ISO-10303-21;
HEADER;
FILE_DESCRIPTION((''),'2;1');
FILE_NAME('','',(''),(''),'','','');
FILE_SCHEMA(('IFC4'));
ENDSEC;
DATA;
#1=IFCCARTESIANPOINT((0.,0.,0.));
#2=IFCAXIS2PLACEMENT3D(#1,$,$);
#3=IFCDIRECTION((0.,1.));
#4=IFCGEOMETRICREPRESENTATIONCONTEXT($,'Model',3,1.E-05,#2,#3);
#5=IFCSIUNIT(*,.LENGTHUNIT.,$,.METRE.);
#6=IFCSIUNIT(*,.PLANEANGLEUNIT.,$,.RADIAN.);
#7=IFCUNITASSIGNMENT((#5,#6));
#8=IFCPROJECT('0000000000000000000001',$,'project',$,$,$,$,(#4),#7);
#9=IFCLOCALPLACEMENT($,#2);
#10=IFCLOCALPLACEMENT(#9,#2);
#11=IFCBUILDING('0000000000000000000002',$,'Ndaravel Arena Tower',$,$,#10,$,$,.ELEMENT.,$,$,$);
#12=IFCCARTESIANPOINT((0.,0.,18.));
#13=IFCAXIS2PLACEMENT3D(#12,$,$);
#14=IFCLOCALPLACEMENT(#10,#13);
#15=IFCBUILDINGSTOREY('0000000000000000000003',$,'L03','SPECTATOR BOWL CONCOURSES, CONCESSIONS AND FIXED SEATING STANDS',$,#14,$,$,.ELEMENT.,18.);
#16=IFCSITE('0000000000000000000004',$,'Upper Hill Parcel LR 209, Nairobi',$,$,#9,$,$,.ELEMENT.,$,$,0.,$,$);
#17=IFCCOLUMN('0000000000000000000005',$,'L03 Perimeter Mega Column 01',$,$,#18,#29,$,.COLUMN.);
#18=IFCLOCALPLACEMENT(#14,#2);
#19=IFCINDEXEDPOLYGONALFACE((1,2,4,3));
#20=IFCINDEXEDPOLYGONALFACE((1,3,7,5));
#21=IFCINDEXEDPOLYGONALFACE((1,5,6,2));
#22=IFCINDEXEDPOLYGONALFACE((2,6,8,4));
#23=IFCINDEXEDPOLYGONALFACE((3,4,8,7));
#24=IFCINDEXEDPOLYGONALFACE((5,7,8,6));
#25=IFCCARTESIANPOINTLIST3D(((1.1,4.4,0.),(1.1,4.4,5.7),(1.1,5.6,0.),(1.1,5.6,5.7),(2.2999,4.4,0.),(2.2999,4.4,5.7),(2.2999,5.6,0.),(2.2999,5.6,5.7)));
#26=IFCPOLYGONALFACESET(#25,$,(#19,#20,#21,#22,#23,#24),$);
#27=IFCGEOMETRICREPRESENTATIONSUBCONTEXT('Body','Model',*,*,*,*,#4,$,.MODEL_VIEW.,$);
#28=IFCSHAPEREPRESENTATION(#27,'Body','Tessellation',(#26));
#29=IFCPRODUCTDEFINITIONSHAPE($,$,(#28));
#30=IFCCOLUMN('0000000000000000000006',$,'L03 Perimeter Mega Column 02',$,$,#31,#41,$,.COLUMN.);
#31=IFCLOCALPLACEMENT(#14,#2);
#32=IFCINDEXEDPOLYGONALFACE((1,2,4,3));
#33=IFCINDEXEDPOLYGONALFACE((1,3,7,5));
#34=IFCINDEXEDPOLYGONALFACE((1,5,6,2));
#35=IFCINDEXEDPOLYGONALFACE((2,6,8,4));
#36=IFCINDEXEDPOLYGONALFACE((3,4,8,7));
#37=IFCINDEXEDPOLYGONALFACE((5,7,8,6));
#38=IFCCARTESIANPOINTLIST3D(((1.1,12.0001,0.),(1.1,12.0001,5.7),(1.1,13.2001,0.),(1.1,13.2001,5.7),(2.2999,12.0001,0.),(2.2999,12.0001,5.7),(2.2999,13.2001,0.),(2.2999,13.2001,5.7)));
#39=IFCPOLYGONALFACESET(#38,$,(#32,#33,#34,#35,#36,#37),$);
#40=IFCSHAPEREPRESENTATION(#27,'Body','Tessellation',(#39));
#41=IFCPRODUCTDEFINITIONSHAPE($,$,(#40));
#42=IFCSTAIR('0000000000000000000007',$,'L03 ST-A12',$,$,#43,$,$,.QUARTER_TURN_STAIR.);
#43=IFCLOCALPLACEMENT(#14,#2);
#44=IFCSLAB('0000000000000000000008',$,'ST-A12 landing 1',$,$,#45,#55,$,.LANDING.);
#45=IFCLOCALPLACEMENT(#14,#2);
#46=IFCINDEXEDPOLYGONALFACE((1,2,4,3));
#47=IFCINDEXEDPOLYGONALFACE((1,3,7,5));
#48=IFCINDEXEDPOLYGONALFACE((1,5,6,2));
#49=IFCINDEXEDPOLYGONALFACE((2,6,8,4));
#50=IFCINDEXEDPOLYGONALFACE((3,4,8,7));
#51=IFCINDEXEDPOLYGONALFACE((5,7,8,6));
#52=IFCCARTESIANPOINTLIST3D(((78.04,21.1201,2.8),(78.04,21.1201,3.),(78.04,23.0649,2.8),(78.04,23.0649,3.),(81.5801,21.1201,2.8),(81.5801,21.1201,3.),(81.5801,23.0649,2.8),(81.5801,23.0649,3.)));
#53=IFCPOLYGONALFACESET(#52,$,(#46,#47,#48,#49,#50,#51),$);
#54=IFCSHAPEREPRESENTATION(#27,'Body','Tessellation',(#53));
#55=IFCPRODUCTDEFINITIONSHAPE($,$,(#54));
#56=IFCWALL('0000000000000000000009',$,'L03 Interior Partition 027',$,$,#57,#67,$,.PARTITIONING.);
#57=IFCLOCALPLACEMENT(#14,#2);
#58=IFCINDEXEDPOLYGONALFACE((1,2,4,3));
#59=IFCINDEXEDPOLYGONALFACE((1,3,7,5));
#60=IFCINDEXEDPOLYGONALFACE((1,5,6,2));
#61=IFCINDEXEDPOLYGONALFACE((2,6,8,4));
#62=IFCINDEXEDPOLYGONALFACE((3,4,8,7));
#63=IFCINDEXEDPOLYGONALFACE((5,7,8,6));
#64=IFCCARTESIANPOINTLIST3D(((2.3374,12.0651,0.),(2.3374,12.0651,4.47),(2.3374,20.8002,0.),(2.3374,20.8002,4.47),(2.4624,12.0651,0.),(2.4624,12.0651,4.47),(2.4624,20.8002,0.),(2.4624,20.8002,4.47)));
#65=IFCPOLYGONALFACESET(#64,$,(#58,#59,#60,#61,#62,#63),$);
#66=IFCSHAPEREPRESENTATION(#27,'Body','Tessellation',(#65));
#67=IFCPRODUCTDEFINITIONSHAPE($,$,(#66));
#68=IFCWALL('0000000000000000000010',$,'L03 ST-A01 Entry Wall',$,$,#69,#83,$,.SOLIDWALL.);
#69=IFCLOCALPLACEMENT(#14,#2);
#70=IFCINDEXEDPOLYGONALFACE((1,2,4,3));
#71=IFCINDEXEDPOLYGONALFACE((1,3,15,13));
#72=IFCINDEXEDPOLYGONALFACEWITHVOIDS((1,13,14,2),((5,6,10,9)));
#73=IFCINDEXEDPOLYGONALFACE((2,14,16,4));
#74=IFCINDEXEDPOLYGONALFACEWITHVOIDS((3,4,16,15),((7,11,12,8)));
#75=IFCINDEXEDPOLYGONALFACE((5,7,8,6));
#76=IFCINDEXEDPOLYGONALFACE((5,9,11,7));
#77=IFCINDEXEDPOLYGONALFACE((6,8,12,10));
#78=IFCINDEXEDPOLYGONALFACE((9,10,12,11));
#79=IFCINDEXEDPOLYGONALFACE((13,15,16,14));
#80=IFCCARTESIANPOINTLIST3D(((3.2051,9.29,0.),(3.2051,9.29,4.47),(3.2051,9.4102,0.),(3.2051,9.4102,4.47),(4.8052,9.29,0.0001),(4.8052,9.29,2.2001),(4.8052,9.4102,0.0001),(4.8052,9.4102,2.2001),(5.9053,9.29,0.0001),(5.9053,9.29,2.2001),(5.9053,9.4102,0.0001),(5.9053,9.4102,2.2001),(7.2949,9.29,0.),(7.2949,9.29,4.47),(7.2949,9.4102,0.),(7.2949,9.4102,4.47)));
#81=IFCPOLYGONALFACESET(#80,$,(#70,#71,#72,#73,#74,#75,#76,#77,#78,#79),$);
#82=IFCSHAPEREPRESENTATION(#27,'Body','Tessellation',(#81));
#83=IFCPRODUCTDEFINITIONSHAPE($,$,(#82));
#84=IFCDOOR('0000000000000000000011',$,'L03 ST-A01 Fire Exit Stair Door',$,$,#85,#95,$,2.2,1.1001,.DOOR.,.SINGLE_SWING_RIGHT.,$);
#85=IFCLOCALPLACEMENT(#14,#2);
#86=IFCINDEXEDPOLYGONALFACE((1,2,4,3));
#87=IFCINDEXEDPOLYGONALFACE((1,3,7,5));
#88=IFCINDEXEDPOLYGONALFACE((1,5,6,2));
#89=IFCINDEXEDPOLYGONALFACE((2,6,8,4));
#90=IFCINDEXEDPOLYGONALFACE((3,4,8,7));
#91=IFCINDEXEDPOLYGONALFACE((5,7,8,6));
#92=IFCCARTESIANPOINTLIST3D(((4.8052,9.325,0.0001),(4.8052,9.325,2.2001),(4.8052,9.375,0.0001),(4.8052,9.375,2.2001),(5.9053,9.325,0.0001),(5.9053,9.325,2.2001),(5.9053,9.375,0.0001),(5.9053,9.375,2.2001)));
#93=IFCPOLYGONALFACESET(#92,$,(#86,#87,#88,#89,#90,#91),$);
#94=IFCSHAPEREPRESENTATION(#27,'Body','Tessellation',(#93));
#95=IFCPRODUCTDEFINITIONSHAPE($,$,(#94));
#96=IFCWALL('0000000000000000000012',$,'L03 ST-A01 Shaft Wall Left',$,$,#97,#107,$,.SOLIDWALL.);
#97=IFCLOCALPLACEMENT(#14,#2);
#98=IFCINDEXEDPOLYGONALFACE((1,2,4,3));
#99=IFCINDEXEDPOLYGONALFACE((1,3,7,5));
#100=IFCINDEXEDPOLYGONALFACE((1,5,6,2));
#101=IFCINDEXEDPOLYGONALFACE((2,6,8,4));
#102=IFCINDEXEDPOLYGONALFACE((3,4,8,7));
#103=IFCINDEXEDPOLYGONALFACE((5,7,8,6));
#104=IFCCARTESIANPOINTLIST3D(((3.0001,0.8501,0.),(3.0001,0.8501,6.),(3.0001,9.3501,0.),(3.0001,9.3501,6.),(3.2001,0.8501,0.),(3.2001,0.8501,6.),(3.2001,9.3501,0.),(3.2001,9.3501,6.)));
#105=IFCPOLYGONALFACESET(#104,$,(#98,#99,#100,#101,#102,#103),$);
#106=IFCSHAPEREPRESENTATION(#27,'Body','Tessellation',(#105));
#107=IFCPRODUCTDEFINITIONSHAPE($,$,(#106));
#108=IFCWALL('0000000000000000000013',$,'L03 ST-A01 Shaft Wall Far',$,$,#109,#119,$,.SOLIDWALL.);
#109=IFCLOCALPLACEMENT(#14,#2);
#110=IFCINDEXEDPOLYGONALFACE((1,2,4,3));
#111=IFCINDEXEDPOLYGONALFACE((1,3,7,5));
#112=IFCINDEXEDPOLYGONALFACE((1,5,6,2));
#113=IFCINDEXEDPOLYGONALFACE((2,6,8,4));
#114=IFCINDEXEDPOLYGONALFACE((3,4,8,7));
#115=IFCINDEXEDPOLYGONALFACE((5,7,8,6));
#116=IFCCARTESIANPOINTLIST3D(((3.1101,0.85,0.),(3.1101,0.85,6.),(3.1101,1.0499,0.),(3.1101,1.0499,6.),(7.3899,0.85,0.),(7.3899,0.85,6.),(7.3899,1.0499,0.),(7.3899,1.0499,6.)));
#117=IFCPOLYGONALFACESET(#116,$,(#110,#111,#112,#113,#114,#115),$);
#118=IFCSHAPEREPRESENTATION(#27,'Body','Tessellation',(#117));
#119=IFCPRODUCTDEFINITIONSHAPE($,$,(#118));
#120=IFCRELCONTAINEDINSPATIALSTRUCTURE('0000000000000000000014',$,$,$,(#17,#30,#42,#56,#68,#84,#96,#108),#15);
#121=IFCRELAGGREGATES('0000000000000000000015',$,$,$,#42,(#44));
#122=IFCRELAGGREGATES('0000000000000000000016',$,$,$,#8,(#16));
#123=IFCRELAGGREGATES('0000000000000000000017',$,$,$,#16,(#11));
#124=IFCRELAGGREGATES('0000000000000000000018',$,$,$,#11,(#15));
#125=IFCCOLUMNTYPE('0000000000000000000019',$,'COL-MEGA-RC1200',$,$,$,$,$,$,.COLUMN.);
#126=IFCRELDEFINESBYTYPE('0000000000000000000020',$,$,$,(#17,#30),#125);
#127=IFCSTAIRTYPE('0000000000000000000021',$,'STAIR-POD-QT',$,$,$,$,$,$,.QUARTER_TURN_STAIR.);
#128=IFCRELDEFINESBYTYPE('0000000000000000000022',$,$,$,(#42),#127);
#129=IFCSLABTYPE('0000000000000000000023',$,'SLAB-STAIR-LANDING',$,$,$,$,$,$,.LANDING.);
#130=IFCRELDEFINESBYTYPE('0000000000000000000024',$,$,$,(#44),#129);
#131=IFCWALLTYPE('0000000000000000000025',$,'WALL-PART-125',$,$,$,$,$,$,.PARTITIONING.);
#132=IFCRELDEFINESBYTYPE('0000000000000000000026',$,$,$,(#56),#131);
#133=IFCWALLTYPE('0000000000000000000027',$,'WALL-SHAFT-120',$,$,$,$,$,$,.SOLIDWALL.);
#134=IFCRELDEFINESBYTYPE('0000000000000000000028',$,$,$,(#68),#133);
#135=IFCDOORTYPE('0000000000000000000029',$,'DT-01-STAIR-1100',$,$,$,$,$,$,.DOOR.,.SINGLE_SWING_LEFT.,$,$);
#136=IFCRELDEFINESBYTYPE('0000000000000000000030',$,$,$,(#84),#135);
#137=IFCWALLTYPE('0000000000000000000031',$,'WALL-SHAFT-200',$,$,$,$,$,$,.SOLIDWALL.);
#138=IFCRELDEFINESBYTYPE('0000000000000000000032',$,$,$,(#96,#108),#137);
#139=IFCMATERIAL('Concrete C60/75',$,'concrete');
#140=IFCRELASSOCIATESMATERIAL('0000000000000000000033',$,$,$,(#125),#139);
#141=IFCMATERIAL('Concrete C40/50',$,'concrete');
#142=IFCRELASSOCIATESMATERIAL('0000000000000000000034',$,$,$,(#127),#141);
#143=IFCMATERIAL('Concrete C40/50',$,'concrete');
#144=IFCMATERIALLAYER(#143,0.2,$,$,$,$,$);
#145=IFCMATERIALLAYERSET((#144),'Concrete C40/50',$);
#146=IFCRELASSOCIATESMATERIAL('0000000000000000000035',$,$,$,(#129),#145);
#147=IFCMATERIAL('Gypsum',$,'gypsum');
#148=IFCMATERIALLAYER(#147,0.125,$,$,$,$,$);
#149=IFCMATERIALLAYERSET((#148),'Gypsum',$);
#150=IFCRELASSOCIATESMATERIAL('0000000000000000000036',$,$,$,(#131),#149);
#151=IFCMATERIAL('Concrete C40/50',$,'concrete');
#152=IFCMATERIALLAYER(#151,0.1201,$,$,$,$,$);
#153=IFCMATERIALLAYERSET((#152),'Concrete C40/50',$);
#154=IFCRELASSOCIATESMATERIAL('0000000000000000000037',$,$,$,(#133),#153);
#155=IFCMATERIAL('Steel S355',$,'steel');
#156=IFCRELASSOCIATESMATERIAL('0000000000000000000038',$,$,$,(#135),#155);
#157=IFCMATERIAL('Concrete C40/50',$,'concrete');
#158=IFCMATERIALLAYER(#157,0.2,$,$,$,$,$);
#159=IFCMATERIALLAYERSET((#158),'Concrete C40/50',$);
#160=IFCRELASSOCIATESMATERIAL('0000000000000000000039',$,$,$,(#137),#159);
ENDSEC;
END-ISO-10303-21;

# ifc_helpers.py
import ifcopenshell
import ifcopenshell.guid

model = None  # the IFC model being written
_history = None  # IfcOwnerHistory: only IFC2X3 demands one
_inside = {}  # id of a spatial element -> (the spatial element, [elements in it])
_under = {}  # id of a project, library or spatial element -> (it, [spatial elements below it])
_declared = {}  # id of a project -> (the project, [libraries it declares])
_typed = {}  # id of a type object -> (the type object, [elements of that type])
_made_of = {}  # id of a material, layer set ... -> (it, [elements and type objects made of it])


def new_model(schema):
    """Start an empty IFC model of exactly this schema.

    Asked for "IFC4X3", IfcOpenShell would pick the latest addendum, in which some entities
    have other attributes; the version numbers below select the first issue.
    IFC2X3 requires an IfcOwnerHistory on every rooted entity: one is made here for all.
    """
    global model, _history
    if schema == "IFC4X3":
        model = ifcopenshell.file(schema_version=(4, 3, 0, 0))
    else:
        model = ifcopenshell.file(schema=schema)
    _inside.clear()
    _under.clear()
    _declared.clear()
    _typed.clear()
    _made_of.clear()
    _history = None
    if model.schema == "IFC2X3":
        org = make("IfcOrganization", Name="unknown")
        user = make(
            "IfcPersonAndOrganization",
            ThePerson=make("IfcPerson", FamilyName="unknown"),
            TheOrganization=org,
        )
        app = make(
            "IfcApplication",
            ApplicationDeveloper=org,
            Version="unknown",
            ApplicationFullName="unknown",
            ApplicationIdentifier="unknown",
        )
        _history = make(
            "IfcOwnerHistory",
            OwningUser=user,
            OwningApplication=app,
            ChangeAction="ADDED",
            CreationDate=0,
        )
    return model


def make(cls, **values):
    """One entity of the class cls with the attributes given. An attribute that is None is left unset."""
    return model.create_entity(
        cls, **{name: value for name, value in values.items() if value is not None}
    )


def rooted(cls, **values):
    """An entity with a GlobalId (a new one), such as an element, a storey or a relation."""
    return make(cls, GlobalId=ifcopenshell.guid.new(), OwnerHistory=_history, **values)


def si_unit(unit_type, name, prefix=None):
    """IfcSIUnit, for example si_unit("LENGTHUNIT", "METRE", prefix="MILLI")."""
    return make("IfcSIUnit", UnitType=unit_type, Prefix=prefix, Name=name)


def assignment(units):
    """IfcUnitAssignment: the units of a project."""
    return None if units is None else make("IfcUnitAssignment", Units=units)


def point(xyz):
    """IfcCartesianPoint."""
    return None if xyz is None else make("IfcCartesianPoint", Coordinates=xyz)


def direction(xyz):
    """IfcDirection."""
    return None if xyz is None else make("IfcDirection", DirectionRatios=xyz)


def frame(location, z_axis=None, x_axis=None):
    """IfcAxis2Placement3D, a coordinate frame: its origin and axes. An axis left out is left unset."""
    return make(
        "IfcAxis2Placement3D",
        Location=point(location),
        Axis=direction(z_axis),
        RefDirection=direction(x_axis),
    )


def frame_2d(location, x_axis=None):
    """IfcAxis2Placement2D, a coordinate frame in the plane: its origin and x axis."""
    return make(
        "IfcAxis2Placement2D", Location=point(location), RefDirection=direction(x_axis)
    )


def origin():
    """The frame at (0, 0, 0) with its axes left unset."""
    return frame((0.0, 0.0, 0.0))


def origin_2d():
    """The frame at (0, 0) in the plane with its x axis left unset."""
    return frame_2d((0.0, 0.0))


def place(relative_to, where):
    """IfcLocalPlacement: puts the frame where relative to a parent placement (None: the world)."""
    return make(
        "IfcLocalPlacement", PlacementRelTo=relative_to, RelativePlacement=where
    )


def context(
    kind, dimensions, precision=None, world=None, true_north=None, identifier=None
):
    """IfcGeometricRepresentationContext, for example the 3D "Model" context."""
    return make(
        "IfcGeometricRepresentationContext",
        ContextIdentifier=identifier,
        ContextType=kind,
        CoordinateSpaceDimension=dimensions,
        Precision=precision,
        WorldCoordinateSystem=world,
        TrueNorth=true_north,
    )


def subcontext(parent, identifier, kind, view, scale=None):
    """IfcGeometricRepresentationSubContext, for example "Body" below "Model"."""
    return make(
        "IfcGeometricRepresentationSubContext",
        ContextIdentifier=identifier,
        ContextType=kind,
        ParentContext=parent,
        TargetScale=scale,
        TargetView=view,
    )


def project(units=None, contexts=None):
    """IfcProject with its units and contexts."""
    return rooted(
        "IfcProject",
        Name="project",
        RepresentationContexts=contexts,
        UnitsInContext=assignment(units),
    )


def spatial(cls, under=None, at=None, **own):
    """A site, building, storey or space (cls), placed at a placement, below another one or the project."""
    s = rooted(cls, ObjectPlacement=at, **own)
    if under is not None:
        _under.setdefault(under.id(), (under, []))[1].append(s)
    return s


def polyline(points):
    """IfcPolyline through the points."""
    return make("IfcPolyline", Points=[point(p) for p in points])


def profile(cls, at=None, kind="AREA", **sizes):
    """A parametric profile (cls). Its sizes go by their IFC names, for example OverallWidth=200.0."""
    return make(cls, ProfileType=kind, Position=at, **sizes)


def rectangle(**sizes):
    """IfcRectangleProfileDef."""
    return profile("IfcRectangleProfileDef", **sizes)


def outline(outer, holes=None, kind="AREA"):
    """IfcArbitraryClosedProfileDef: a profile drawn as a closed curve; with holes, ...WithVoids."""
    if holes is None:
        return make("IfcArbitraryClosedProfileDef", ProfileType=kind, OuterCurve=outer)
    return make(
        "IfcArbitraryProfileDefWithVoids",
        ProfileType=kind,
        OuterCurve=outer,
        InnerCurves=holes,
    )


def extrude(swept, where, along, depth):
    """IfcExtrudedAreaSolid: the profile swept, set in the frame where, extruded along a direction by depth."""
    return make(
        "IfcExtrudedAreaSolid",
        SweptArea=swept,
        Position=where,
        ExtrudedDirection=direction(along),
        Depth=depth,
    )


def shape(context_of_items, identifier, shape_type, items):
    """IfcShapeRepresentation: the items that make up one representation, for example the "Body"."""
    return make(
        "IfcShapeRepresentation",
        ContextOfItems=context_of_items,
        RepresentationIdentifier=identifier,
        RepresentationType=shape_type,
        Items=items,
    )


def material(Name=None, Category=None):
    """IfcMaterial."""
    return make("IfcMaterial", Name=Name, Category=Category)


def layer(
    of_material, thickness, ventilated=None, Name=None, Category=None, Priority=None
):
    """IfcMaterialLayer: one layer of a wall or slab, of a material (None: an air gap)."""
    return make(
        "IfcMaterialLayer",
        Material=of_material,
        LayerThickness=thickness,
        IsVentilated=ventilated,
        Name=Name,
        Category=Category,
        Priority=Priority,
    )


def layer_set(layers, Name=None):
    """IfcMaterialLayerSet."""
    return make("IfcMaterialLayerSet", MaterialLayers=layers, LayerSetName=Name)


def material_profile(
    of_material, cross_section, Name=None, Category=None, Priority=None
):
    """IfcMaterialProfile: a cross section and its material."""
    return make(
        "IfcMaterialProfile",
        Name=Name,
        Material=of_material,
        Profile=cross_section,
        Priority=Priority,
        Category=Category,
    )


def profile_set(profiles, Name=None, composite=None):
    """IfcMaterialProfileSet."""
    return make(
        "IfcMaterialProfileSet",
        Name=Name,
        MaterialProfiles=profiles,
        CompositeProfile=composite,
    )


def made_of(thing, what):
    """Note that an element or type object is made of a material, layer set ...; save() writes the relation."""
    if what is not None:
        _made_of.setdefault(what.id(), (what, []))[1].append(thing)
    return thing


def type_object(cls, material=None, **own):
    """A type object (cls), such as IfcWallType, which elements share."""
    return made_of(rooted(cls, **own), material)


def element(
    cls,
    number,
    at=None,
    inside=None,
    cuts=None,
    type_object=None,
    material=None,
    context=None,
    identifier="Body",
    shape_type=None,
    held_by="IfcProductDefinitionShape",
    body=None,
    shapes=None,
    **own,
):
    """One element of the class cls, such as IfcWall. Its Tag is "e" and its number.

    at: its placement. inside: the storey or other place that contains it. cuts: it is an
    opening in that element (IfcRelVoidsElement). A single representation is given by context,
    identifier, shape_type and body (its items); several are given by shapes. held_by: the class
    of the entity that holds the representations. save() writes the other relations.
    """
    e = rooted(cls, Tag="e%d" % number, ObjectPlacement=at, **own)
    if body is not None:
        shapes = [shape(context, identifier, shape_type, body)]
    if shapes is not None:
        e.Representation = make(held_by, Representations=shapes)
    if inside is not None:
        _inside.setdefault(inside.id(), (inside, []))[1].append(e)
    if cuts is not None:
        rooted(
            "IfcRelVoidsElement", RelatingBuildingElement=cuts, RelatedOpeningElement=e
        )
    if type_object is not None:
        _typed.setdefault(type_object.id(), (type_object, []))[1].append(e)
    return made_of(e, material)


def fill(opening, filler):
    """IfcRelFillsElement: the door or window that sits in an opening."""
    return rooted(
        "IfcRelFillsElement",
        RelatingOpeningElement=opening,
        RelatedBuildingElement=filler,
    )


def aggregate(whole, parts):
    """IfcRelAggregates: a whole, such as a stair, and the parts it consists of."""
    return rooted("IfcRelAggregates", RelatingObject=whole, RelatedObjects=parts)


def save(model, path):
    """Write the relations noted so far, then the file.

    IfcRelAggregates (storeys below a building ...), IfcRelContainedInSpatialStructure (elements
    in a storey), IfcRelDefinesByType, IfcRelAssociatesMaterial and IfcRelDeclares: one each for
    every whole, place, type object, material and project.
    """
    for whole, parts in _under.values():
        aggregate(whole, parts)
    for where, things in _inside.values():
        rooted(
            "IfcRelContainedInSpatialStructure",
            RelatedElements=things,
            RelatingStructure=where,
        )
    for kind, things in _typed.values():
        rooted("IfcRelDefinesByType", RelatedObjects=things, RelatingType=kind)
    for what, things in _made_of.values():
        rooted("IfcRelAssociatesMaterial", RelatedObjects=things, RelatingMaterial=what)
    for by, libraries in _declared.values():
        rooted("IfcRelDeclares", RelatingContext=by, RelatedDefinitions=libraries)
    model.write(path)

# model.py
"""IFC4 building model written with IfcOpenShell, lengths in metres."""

from ifc_helpers import new_model, si_unit, direction, frame, frame_2d, origin, origin_2d, place, context, subcontext, project, spatial, polyline, rectangle, outline, extrude, material, layer, layer_set, material_profile, profile_set, type_object, element, fill, aggregate, save


model = new_model("IFC4")

# Units and contexts
model_context = context("Model", 3, precision=1e-05, world=origin(), true_north=direction((0.0, 1.0)))
body_context = subcontext(model_context, "Body", "Model", "MODEL_VIEW")
ifc_project = project(units=[si_unit("LENGTHUNIT", "METRE"), si_unit("PLANEANGLEUNIT", "RADIAN")], contexts=[model_context])

# Site, building, storey
site_placement = place(None, origin())
site = spatial("IfcSite", under=ifc_project, at=site_placement, Name="Upper Hill Parcel LR 209, Nairobi", CompositionType="ELEMENT", RefElevation=0.0)
building_placement = place(site_placement, origin())
building = spatial("IfcBuilding", under=site, at=building_placement, Name="Ndaravel Arena Tower", CompositionType="ELEMENT")
storey_placement = place(building_placement, frame((0.0, 0.0, 18.0)))
storey = spatial("IfcBuildingStorey", under=building, at=storey_placement, Name="L03", Description="SPECTATOR BOWL CONCOURSES, CONCESSIONS AND FIXED SEATING STANDS", CompositionType="ELEMENT", Elevation=18.0)

# Columns
ifc_material_1 = material(Name="Concrete C60/75", Category="concrete")
ifc_material_profile = material_profile(ifc_material_1, rectangle(XDim=1.2, YDim=1.2, at=origin_2d()), Name="RC 1200x1200")
ifc_profile_set = profile_set([ifc_material_profile], Name="Concrete C60/75")
column_type = type_object("IfcColumnType", Name="COL-MEGA-RC1200", PredefinedType="COLUMN", material=ifc_profile_set)
for number, where, z_axis, x_axis, name in (
    (1, (1.7, 5.0, 0.0), (0.0, 0.0, 1.0), (1.0, 0.0, 0.0), "L03 Perimeter Mega Column 01"),
    (2, (1.7, 12.6001, 0.0), (0.0, 0.0, 1.0), (1.0, 0.0, 0.0), "L03 Perimeter Mega Column 02"),
):
    element("IfcColumn", number, at=place(storey_placement, frame(where, z_axis=z_axis, x_axis=x_axis)), inside=storey, type_object=column_type, Name=name, PredefinedType="COLUMN", context=body_context, shape_type="SweptSolid", body=[
        extrude(rectangle(XDim=1.2, YDim=1.2, at=origin_2d()), origin(), (0.0, 0.0, 1.0), 5.7),
    ])

# Stair, slab
ifc_material_2 = material(Name="Concrete C40/50", Category="concrete")
stair_type = type_object("IfcStairType", Name="STAIR-POD-QT", PredefinedType="QUARTER_TURN_STAIR", material=ifc_material_2)
stair_placement = place(storey_placement, origin())
stair = element("IfcStair", 3, at=stair_placement, inside=storey, type_object=stair_type, Name="L03 ST-A12", PredefinedType="QUARTER_TURN_STAIR")
ifc_material_3 = material(Name="Concrete C40/50", Category="concrete")
ifc_layer_1 = layer(ifc_material_3, 0.2)
ifc_layer_set_1 = layer_set([ifc_layer_1], Name="Concrete C40/50")
slab_type = type_object("IfcSlabType", Name="SLAB-STAIR-LANDING", PredefinedType="LANDING", material=ifc_layer_set_1)
slab_placement = place(storey_placement, frame((0.0, 0.0, 2.8)))
slab = element("IfcSlab", 4, at=slab_placement, type_object=slab_type, Name="ST-A12 landing 1", PredefinedType="LANDING", context=body_context, shape_type="SweptSolid", body=[
    extrude(outline(polyline([(78.04, 23.0649), (78.04, 21.1201), (81.5801, 21.1201), (81.5801, 23.0649), (78.04, 23.0649)])), origin(), (0.0, 0.0, 1.0), 0.2),
])
aggregate(stair, [slab])

# Wall
ifc_material_4 = material(Name="Gypsum", Category="gypsum")
ifc_layer_2 = layer(ifc_material_4, 0.125)
ifc_layer_set_2 = layer_set([ifc_layer_2], Name="Gypsum")
wall_type_1 = type_object("IfcWallType", Name="WALL-PART-125", PredefinedType="PARTITIONING", material=ifc_layer_set_2)
wall_1_placement = place(storey_placement, frame((2.3999, 12.0649, 0.0), z_axis=(0.0, 0.0, 1.0), x_axis=(0.0, 1.0, 0.0)))
element("IfcWall", 5, at=wall_1_placement, inside=storey, type_object=wall_type_1, Name="L03 Interior Partition 027", PredefinedType="PARTITIONING", context=body_context, shape_type="SweptSolid", body=[
    extrude(rectangle(XDim=8.7351, YDim=0.125, at=frame_2d((4.3677, 0.0))), origin(), (0.0, 0.0, 1.0), 4.47),
])

# Wall, opening, door
ifc_material_5 = material(Name="Concrete C40/50", Category="concrete")
ifc_layer_3 = layer(ifc_material_5, 0.1201)
ifc_layer_set_3 = layer_set([ifc_layer_3], Name="Concrete C40/50")
wall_type_2 = type_object("IfcWallType", Name="WALL-SHAFT-120", PredefinedType="SOLIDWALL", material=ifc_layer_set_3)
wall_2_placement = place(storey_placement, frame((3.2051, 9.3501, 0.0), z_axis=(0.0, 0.0, 1.0), x_axis=(1.0, 0.0, 0.0)))
wall_2 = element("IfcWall", 6, at=wall_2_placement, inside=storey, type_object=wall_type_2, Name="L03 ST-A01 Entry Wall", PredefinedType="SOLIDWALL", context=body_context, shape_type="SweptSolid", body=[
    extrude(rectangle(XDim=4.0898, YDim=0.1201, at=frame_2d((2.0449, 0.0))), origin(), (0.0, 0.0, 1.0), 4.47),
])
opening_1_placement = place(wall_2_placement, frame((1.6001, 0.0, 0.0)))
opening_1 = element("IfcOpeningElement", 7, at=opening_1_placement, cuts=wall_2, PredefinedType="OPENING", context=body_context, shape_type="SweptSolid", body=[
    extrude(rectangle(XDim=1.1001, YDim=2.2, at=frame_2d((0.55, 1.1001))), frame((0.0, 0.0601, 0.0), z_axis=(0.0, -1.0, 0.0), x_axis=(1.0, 0.0, 0.0)), (0.0, 0.0, 1.0), 0.1201),
])
ifc_material_6 = material(Name="Steel S355", Category="steel")
door_type = type_object("IfcDoorType", Name="DT-01-STAIR-1100", OperationType="SINGLE_SWING_LEFT", PredefinedType="DOOR", material=ifc_material_6)
door_placement = place(opening_1_placement, origin())
door = element("IfcDoor", 8, at=door_placement, inside=storey, type_object=door_type, Name="L03 ST-A01 Fire Exit Stair Door", OperationType="SINGLE_SWING_RIGHT", OverallHeight=2.2, OverallWidth=1.1001, PredefinedType="DOOR", context=body_context, shape_type="SweptSolid", body=[
    extrude(rectangle(XDim=1.1001, YDim=2.2, at=frame_2d((0.55, 1.1001))), frame((0.0, 0.0249, 0.0), z_axis=(0.0, -1.0, 0.0), x_axis=(1.0, 0.0, 0.0)), (0.0, 0.0, 1.0), 0.05),
])
fill(opening_1, door)

# Walls
ifc_material_7 = material(Name="Concrete C40/50", Category="concrete")
ifc_layer_4 = layer(ifc_material_7, 0.2)
ifc_layer_set_4 = layer_set([ifc_layer_4], Name="Concrete C40/50")
wall_type_3 = type_object("IfcWallType", Name="WALL-SHAFT-200", PredefinedType="SOLIDWALL", material=ifc_layer_set_4)
wall_3_placement = place(storey_placement, frame((3.1001, 9.3501, 0.0), z_axis=(0.0, 0.0, 1.0), x_axis=(0.0, -1.0, 0.0)))
element("IfcWall", 9, at=wall_3_placement, inside=storey, type_object=wall_type_3, Name="L03 ST-A01 Shaft Wall Left", PredefinedType="SOLIDWALL", context=body_context, shape_type="SweptSolid", body=[
    extrude(rectangle(XDim=8.5, YDim=0.2, at=frame_2d((4.25, 0.0))), origin(), (0.0, 0.0, 1.0), 6.0),
])
wall_4_placement = place(storey_placement, frame((3.1101, 0.95, 0.0), z_axis=(0.0, 0.0, 1.0), x_axis=(1.0, 0.0, 0.0)))
element("IfcWall", 10, at=wall_4_placement, inside=storey, type_object=wall_type_3, Name="L03 ST-A01 Shaft Wall Far", PredefinedType="SOLIDWALL", context=body_context, shape_type="SweptSolid", body=[
    extrude(rectangle(XDim=4.2798, YDim=0.2, at=frame_2d((2.1399, 0.0))), origin(), (0.0, 0.0, 1.0), 6.0),
])

save(model, "model.ifc")
